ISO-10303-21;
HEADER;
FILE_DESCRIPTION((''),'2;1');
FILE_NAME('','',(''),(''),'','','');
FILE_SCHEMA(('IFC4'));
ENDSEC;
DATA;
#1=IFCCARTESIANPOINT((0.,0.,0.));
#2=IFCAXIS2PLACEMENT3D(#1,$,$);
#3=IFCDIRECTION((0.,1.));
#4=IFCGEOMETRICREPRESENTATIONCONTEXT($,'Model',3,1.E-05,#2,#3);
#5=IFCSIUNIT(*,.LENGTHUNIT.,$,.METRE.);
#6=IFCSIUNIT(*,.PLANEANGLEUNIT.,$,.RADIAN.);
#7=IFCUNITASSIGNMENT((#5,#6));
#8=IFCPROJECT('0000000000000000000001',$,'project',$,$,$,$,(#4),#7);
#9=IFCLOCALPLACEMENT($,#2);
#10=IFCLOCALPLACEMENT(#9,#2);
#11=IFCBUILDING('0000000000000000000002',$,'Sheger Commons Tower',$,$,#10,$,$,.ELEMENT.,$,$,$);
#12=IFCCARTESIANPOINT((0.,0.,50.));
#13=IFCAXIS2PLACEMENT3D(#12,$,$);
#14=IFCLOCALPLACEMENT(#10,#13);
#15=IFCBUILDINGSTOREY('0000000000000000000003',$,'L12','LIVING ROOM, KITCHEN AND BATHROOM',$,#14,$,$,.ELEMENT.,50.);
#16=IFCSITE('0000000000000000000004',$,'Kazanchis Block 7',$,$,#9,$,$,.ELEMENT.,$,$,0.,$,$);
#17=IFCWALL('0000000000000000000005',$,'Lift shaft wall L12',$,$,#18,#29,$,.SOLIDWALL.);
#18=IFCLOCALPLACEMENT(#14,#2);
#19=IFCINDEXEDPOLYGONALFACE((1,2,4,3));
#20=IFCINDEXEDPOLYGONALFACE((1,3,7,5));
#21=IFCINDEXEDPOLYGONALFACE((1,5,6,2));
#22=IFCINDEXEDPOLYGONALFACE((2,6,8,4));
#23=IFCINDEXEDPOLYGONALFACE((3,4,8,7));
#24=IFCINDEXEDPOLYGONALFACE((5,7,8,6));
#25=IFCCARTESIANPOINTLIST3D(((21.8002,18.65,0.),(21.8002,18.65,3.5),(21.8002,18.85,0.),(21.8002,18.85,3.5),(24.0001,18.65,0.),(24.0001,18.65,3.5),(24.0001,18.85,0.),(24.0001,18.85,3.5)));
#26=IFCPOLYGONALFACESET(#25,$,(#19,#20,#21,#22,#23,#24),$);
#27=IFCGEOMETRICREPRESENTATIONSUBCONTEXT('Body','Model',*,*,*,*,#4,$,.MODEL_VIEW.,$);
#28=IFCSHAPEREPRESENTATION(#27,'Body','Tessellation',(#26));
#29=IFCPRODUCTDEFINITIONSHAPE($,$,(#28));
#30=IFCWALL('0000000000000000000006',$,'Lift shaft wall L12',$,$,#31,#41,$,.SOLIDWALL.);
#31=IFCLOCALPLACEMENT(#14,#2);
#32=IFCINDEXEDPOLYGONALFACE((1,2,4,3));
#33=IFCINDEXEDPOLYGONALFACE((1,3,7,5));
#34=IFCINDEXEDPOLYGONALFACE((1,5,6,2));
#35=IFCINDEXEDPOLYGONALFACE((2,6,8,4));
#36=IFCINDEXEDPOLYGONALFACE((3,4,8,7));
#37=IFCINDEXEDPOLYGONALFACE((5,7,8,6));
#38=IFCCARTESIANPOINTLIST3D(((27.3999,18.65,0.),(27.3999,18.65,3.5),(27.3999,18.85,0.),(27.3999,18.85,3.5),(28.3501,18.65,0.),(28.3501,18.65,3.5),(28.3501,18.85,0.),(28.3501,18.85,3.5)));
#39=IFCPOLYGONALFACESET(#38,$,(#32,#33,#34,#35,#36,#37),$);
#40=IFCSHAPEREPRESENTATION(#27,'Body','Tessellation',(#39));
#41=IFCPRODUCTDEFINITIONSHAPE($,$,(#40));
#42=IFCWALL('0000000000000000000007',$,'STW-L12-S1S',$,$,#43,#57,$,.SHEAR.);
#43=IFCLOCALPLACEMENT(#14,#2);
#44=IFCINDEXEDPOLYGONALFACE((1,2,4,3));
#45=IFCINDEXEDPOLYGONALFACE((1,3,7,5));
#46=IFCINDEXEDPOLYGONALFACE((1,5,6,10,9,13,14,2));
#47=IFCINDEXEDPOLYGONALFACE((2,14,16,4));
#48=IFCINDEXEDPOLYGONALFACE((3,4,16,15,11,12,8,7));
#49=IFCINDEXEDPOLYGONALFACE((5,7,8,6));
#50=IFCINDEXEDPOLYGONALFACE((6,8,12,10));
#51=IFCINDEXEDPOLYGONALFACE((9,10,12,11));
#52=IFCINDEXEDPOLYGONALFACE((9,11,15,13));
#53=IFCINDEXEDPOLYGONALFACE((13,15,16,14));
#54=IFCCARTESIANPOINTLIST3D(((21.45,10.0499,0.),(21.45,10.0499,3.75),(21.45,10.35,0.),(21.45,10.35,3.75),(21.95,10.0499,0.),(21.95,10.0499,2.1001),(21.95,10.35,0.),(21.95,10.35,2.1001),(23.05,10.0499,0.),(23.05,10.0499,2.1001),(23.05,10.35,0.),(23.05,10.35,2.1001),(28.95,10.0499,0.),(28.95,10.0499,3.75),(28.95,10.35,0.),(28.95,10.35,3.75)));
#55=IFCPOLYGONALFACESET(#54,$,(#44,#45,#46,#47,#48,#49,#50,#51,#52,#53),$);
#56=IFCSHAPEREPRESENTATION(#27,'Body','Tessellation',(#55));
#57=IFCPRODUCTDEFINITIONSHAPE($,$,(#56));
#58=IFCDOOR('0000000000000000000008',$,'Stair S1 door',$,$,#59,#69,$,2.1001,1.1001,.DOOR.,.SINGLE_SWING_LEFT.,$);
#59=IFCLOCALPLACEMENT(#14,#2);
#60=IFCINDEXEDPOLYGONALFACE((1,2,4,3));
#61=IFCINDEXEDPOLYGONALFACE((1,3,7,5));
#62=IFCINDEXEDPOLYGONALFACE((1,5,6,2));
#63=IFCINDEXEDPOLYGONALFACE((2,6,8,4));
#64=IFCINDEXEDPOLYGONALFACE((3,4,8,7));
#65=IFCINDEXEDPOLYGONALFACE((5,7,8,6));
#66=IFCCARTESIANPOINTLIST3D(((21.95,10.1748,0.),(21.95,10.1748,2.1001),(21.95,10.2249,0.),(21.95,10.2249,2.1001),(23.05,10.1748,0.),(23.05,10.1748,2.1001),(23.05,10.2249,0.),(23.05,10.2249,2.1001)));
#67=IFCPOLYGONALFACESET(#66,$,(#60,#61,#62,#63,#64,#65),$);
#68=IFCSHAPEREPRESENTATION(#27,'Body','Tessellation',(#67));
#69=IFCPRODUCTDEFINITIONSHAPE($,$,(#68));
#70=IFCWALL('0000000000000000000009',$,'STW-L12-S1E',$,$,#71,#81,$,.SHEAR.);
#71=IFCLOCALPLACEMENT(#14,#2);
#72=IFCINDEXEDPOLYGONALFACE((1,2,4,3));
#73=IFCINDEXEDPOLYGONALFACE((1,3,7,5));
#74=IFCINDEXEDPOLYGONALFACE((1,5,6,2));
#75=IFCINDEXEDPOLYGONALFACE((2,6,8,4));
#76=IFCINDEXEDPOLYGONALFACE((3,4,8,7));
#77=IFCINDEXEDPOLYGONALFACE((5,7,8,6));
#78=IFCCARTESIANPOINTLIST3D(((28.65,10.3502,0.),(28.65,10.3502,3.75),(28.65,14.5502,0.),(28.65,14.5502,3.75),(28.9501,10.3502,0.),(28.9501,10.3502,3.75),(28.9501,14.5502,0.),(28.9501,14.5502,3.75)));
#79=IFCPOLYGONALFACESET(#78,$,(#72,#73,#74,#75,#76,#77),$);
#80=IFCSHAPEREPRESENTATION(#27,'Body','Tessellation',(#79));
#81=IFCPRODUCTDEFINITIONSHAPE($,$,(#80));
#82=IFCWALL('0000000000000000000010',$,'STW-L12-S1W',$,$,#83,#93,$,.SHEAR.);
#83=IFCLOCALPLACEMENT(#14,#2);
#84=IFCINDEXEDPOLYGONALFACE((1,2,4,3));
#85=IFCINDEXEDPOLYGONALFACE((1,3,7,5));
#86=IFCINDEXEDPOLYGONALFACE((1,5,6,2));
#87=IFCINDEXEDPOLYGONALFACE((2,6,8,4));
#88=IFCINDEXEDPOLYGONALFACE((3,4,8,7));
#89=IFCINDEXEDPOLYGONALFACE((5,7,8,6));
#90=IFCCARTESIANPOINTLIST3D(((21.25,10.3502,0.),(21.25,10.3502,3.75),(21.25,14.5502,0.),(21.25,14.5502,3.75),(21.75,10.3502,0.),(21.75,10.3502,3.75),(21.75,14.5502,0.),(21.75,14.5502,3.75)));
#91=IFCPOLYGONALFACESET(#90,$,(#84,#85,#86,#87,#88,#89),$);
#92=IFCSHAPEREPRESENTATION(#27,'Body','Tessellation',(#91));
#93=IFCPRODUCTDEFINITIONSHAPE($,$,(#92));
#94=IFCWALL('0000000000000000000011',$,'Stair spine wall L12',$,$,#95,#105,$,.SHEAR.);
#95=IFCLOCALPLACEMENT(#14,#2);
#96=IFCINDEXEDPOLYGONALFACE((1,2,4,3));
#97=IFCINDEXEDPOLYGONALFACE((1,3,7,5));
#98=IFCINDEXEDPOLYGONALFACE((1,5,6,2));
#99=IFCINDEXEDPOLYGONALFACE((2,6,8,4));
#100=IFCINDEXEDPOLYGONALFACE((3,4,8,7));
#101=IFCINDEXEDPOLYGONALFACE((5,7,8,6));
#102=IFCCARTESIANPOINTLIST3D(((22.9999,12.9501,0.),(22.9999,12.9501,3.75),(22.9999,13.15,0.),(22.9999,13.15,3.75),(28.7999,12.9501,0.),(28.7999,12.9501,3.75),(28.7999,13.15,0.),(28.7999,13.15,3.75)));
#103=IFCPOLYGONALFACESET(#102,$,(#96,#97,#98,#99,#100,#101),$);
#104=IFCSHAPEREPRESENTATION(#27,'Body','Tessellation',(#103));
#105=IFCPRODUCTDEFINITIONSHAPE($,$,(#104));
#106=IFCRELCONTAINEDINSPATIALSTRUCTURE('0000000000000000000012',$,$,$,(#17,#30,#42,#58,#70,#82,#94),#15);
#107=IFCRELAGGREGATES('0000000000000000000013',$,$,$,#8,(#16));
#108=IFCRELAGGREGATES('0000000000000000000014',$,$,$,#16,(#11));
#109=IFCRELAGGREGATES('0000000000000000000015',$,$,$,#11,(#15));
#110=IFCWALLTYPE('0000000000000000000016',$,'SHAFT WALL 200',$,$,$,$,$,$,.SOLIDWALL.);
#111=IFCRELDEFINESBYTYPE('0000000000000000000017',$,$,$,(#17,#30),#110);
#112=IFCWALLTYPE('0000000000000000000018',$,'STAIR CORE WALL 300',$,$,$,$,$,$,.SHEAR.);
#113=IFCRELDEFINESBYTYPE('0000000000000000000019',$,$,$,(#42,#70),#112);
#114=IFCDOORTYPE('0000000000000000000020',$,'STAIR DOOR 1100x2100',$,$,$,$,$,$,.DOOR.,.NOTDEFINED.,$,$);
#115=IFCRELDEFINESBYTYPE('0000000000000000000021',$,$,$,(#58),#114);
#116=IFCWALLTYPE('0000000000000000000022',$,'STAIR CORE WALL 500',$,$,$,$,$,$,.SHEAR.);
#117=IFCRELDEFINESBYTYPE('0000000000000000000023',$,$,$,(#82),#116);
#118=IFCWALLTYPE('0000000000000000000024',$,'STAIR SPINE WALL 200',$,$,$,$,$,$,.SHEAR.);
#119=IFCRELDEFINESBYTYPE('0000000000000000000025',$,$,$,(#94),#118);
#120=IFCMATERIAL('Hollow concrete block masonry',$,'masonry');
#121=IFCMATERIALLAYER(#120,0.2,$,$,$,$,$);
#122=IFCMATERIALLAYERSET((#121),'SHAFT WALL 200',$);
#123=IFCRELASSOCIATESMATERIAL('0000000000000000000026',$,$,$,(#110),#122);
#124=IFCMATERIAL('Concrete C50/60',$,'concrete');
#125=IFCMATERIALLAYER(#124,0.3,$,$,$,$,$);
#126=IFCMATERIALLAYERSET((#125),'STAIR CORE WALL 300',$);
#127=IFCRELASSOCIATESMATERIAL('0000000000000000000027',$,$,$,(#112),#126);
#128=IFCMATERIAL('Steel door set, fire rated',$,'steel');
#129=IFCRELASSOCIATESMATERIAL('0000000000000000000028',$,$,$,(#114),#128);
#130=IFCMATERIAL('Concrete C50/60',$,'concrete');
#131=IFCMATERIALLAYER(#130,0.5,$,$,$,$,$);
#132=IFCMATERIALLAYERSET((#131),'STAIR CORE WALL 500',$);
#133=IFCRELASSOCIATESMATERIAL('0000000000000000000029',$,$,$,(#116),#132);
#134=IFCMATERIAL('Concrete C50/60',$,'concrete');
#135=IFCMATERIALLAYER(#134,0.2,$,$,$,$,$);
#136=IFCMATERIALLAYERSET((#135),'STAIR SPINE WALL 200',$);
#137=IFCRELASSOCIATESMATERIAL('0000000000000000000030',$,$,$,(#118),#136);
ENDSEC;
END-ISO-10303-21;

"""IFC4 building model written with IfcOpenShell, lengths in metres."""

from ifc_helpers import new_model, si_unit, direction, frame, frame_2d, origin, place, context, subcontext, project, spatial, rectangle, extrude, material, layer, layer_set, type_object, element, fill, save


model = new_model("IFC4")

# Units and contexts
model_context = context("Model", 3, precision=1e-05, world=origin(), true_north=direction((0.0, 1.0)))
body_context = subcontext(model_context, "Body", "Model", "MODEL_VIEW")
ifc_project = project(units=[si_unit("LENGTHUNIT", "METRE"), si_unit("PLANEANGLEUNIT", "RADIAN")], contexts=[model_context])

# Site, building, storey
site_placement = place(None, origin())
site = spatial("IfcSite", under=ifc_project, at=site_placement, Name="Kazanchis Block 7", CompositionType="ELEMENT", RefElevation=0.0)
building_placement = place(site_placement, origin())
building = spatial("IfcBuilding", under=site, at=building_placement, Name="Sheger Commons Tower", CompositionType="ELEMENT")
storey_placement = place(building_placement, frame((0.0, 0.0, 50.0)))
storey = spatial("IfcBuildingStorey", under=building, at=storey_placement, Name="L12", Description="LIVING ROOM, KITCHEN AND BATHROOM", CompositionType="ELEMENT", Elevation=50.0)

# Walls
ifc_material_1 = material(Name="Hollow concrete block masonry", Category="masonry")
ifc_layer_1 = layer(ifc_material_1, 0.2)
ifc_layer_set_1 = layer_set([ifc_layer_1], Name="SHAFT WALL 200")
wall_type_1 = type_object("IfcWallType", Name="SHAFT WALL 200", PredefinedType="SOLIDWALL", material=ifc_layer_set_1)
wall_1_placement = place(storey_placement, frame((21.8, 18.75, 0.0), z_axis=(0.0, 0.0, 1.0), x_axis=(1.0, 0.0, 0.0)))
element("IfcWall", 1, at=wall_1_placement, inside=storey, type_object=wall_type_1, Name="Lift shaft wall L12", PredefinedType="SOLIDWALL", context=body_context, shape_type="SweptSolid", body=[
    extrude(rectangle(XDim=2.2, YDim=0.2, at=frame_2d((1.1001, 0.0))), origin(), (0.0, 0.0, 1.0), 3.5),
])
wall_2_placement = place(storey_placement, frame((27.3999, 18.75, 0.0), z_axis=(0.0, 0.0, 1.0), x_axis=(1.0, 0.0, 0.0)))
element("IfcWall", 2, at=wall_2_placement, inside=storey, type_object=wall_type_1, Name="Lift shaft wall L12", PredefinedType="SOLIDWALL", context=body_context, shape_type="SweptSolid", body=[
    extrude(rectangle(XDim=0.9502, YDim=0.2, at=frame_2d((0.4751, 0.0))), origin(), (0.0, 0.0, 1.0), 3.5),
])

# Wall, opening, door
ifc_material_2 = material(Name="Concrete C50/60", Category="concrete")
ifc_layer_2 = layer(ifc_material_2, 0.3)
ifc_layer_set_2 = layer_set([ifc_layer_2], Name="STAIR CORE WALL 300")
wall_type_2 = type_object("IfcWallType", Name="STAIR CORE WALL 300", PredefinedType="SHEAR", material=ifc_layer_set_2)
wall_3_placement = place(storey_placement, frame((21.45, 10.2, 0.0), z_axis=(0.0, 0.0, 1.0), x_axis=(1.0, 0.0, 0.0)))
wall_3 = element("IfcWall", 3, at=wall_3_placement, inside=storey, type_object=wall_type_2, Name="STW-L12-S1S", PredefinedType="SHEAR", context=body_context, shape_type="SweptSolid", body=[
    extrude(rectangle(XDim=7.5, YDim=0.3, at=frame_2d((3.75, 0.0))), origin(), (0.0, 0.0, 1.0), 3.75),
])
opening_1_placement = place(wall_3_placement, frame((0.5, 0.0, 0.0)))
opening_1 = element("IfcOpeningElement", 4, at=opening_1_placement, cuts=wall_3, PredefinedType="OPENING", context=body_context, shape_type="SweptSolid", body=[
    extrude(rectangle(XDim=1.1001, YDim=2.1001, at=frame_2d((0.55, 1.05))), frame((0.0, 0.1599, 0.0), z_axis=(0.0, -1.0, 0.0), x_axis=(1.0, 0.0, 0.0)), (0.0, 0.0, 1.0), 0.3201),
])
ifc_material_3 = material(Name="Steel door set, fire rated", Category="steel")
door_type_1 = type_object("IfcDoorType", Name="STAIR DOOR 1100x2100", OperationType="NOTDEFINED", PredefinedType="DOOR", material=ifc_material_3)
door_1_placement = place(opening_1_placement, origin())
door_1 = element("IfcDoor", 5, at=door_1_placement, inside=storey, type_object=door_type_1, Name="Stair S1 door", OperationType="SINGLE_SWING_LEFT", OverallHeight=2.1001, OverallWidth=1.1001, PredefinedType="DOOR", context=body_context, shape_type="SweptSolid", body=[
    extrude(rectangle(XDim=1.1001, YDim=2.1001, at=frame_2d((0.55, 1.05))), frame((0.0, 0.0249, 0.0), z_axis=(0.0, -1.0, 0.0), x_axis=(1.0, 0.0, 0.0)), (0.0, 0.0, 1.0), 0.05),
])
fill(opening_1, door_1)

# Walls
wall_4_placement = place(storey_placement, frame((28.8, 10.3501, 0.0), z_axis=(0.0, 0.0, 1.0), x_axis=(0.0, 1.0, 0.0)))
element("IfcWall", 6, at=wall_4_placement, inside=storey, type_object=wall_type_2, Name="STW-L12-S1E", PredefinedType="SHEAR", context=body_context, shape_type="SweptSolid", body=[
    extrude(rectangle(XDim=4.2, YDim=0.3, at=frame_2d((2.1001, 0.0))), origin(), (0.0, 0.0, 1.0), 3.75),
])
ifc_material_4 = material(Name="Concrete C50/60", Category="concrete")
ifc_layer_3 = layer(ifc_material_4, 0.5)
ifc_layer_set_3 = layer_set([ifc_layer_3], Name="STAIR CORE WALL 500")
wall_type_3 = type_object("IfcWallType", Name="STAIR CORE WALL 500", PredefinedType="SHEAR", material=ifc_layer_set_3)
wall_5_placement = place(storey_placement, frame((21.5, 10.3501, 0.0), z_axis=(0.0, 0.0, 1.0), x_axis=(0.0, 1.0, 0.0)))
element("IfcWall", 7, at=wall_5_placement, inside=storey, type_object=wall_type_3, Name="STW-L12-S1W", PredefinedType="SHEAR", context=body_context, shape_type="SweptSolid", body=[
    extrude(rectangle(XDim=4.2, YDim=0.5, at=frame_2d((2.1001, 0.0))), origin(), (0.0, 0.0, 1.0), 3.75),
])
ifc_material_5 = material(Name="Concrete C50/60", Category="concrete")
ifc_layer_4 = layer(ifc_material_5, 0.2)
ifc_layer_set_4 = layer_set([ifc_layer_4], Name="STAIR SPINE WALL 200")
wall_type_4 = type_object("IfcWallType", Name="STAIR SPINE WALL 200", PredefinedType="SHEAR", material=ifc_layer_set_4)
wall_6_placement = place(storey_placement, frame((23.0, 13.05, 0.0), z_axis=(0.0, 0.0, 1.0), x_axis=(1.0, 0.0, 0.0)))
element("IfcWall", 8, at=wall_6_placement, inside=storey, type_object=wall_type_4, Name="Stair spine wall L12", PredefinedType="SHEAR", context=body_context, shape_type="SweptSolid", body=[
    extrude(rectangle(XDim=5.8, YDim=0.2, at=frame_2d((2.8999, 0.0))), origin(), (0.0, 0.0, 1.0), 3.75),
])

save(model, "model.ifc")
